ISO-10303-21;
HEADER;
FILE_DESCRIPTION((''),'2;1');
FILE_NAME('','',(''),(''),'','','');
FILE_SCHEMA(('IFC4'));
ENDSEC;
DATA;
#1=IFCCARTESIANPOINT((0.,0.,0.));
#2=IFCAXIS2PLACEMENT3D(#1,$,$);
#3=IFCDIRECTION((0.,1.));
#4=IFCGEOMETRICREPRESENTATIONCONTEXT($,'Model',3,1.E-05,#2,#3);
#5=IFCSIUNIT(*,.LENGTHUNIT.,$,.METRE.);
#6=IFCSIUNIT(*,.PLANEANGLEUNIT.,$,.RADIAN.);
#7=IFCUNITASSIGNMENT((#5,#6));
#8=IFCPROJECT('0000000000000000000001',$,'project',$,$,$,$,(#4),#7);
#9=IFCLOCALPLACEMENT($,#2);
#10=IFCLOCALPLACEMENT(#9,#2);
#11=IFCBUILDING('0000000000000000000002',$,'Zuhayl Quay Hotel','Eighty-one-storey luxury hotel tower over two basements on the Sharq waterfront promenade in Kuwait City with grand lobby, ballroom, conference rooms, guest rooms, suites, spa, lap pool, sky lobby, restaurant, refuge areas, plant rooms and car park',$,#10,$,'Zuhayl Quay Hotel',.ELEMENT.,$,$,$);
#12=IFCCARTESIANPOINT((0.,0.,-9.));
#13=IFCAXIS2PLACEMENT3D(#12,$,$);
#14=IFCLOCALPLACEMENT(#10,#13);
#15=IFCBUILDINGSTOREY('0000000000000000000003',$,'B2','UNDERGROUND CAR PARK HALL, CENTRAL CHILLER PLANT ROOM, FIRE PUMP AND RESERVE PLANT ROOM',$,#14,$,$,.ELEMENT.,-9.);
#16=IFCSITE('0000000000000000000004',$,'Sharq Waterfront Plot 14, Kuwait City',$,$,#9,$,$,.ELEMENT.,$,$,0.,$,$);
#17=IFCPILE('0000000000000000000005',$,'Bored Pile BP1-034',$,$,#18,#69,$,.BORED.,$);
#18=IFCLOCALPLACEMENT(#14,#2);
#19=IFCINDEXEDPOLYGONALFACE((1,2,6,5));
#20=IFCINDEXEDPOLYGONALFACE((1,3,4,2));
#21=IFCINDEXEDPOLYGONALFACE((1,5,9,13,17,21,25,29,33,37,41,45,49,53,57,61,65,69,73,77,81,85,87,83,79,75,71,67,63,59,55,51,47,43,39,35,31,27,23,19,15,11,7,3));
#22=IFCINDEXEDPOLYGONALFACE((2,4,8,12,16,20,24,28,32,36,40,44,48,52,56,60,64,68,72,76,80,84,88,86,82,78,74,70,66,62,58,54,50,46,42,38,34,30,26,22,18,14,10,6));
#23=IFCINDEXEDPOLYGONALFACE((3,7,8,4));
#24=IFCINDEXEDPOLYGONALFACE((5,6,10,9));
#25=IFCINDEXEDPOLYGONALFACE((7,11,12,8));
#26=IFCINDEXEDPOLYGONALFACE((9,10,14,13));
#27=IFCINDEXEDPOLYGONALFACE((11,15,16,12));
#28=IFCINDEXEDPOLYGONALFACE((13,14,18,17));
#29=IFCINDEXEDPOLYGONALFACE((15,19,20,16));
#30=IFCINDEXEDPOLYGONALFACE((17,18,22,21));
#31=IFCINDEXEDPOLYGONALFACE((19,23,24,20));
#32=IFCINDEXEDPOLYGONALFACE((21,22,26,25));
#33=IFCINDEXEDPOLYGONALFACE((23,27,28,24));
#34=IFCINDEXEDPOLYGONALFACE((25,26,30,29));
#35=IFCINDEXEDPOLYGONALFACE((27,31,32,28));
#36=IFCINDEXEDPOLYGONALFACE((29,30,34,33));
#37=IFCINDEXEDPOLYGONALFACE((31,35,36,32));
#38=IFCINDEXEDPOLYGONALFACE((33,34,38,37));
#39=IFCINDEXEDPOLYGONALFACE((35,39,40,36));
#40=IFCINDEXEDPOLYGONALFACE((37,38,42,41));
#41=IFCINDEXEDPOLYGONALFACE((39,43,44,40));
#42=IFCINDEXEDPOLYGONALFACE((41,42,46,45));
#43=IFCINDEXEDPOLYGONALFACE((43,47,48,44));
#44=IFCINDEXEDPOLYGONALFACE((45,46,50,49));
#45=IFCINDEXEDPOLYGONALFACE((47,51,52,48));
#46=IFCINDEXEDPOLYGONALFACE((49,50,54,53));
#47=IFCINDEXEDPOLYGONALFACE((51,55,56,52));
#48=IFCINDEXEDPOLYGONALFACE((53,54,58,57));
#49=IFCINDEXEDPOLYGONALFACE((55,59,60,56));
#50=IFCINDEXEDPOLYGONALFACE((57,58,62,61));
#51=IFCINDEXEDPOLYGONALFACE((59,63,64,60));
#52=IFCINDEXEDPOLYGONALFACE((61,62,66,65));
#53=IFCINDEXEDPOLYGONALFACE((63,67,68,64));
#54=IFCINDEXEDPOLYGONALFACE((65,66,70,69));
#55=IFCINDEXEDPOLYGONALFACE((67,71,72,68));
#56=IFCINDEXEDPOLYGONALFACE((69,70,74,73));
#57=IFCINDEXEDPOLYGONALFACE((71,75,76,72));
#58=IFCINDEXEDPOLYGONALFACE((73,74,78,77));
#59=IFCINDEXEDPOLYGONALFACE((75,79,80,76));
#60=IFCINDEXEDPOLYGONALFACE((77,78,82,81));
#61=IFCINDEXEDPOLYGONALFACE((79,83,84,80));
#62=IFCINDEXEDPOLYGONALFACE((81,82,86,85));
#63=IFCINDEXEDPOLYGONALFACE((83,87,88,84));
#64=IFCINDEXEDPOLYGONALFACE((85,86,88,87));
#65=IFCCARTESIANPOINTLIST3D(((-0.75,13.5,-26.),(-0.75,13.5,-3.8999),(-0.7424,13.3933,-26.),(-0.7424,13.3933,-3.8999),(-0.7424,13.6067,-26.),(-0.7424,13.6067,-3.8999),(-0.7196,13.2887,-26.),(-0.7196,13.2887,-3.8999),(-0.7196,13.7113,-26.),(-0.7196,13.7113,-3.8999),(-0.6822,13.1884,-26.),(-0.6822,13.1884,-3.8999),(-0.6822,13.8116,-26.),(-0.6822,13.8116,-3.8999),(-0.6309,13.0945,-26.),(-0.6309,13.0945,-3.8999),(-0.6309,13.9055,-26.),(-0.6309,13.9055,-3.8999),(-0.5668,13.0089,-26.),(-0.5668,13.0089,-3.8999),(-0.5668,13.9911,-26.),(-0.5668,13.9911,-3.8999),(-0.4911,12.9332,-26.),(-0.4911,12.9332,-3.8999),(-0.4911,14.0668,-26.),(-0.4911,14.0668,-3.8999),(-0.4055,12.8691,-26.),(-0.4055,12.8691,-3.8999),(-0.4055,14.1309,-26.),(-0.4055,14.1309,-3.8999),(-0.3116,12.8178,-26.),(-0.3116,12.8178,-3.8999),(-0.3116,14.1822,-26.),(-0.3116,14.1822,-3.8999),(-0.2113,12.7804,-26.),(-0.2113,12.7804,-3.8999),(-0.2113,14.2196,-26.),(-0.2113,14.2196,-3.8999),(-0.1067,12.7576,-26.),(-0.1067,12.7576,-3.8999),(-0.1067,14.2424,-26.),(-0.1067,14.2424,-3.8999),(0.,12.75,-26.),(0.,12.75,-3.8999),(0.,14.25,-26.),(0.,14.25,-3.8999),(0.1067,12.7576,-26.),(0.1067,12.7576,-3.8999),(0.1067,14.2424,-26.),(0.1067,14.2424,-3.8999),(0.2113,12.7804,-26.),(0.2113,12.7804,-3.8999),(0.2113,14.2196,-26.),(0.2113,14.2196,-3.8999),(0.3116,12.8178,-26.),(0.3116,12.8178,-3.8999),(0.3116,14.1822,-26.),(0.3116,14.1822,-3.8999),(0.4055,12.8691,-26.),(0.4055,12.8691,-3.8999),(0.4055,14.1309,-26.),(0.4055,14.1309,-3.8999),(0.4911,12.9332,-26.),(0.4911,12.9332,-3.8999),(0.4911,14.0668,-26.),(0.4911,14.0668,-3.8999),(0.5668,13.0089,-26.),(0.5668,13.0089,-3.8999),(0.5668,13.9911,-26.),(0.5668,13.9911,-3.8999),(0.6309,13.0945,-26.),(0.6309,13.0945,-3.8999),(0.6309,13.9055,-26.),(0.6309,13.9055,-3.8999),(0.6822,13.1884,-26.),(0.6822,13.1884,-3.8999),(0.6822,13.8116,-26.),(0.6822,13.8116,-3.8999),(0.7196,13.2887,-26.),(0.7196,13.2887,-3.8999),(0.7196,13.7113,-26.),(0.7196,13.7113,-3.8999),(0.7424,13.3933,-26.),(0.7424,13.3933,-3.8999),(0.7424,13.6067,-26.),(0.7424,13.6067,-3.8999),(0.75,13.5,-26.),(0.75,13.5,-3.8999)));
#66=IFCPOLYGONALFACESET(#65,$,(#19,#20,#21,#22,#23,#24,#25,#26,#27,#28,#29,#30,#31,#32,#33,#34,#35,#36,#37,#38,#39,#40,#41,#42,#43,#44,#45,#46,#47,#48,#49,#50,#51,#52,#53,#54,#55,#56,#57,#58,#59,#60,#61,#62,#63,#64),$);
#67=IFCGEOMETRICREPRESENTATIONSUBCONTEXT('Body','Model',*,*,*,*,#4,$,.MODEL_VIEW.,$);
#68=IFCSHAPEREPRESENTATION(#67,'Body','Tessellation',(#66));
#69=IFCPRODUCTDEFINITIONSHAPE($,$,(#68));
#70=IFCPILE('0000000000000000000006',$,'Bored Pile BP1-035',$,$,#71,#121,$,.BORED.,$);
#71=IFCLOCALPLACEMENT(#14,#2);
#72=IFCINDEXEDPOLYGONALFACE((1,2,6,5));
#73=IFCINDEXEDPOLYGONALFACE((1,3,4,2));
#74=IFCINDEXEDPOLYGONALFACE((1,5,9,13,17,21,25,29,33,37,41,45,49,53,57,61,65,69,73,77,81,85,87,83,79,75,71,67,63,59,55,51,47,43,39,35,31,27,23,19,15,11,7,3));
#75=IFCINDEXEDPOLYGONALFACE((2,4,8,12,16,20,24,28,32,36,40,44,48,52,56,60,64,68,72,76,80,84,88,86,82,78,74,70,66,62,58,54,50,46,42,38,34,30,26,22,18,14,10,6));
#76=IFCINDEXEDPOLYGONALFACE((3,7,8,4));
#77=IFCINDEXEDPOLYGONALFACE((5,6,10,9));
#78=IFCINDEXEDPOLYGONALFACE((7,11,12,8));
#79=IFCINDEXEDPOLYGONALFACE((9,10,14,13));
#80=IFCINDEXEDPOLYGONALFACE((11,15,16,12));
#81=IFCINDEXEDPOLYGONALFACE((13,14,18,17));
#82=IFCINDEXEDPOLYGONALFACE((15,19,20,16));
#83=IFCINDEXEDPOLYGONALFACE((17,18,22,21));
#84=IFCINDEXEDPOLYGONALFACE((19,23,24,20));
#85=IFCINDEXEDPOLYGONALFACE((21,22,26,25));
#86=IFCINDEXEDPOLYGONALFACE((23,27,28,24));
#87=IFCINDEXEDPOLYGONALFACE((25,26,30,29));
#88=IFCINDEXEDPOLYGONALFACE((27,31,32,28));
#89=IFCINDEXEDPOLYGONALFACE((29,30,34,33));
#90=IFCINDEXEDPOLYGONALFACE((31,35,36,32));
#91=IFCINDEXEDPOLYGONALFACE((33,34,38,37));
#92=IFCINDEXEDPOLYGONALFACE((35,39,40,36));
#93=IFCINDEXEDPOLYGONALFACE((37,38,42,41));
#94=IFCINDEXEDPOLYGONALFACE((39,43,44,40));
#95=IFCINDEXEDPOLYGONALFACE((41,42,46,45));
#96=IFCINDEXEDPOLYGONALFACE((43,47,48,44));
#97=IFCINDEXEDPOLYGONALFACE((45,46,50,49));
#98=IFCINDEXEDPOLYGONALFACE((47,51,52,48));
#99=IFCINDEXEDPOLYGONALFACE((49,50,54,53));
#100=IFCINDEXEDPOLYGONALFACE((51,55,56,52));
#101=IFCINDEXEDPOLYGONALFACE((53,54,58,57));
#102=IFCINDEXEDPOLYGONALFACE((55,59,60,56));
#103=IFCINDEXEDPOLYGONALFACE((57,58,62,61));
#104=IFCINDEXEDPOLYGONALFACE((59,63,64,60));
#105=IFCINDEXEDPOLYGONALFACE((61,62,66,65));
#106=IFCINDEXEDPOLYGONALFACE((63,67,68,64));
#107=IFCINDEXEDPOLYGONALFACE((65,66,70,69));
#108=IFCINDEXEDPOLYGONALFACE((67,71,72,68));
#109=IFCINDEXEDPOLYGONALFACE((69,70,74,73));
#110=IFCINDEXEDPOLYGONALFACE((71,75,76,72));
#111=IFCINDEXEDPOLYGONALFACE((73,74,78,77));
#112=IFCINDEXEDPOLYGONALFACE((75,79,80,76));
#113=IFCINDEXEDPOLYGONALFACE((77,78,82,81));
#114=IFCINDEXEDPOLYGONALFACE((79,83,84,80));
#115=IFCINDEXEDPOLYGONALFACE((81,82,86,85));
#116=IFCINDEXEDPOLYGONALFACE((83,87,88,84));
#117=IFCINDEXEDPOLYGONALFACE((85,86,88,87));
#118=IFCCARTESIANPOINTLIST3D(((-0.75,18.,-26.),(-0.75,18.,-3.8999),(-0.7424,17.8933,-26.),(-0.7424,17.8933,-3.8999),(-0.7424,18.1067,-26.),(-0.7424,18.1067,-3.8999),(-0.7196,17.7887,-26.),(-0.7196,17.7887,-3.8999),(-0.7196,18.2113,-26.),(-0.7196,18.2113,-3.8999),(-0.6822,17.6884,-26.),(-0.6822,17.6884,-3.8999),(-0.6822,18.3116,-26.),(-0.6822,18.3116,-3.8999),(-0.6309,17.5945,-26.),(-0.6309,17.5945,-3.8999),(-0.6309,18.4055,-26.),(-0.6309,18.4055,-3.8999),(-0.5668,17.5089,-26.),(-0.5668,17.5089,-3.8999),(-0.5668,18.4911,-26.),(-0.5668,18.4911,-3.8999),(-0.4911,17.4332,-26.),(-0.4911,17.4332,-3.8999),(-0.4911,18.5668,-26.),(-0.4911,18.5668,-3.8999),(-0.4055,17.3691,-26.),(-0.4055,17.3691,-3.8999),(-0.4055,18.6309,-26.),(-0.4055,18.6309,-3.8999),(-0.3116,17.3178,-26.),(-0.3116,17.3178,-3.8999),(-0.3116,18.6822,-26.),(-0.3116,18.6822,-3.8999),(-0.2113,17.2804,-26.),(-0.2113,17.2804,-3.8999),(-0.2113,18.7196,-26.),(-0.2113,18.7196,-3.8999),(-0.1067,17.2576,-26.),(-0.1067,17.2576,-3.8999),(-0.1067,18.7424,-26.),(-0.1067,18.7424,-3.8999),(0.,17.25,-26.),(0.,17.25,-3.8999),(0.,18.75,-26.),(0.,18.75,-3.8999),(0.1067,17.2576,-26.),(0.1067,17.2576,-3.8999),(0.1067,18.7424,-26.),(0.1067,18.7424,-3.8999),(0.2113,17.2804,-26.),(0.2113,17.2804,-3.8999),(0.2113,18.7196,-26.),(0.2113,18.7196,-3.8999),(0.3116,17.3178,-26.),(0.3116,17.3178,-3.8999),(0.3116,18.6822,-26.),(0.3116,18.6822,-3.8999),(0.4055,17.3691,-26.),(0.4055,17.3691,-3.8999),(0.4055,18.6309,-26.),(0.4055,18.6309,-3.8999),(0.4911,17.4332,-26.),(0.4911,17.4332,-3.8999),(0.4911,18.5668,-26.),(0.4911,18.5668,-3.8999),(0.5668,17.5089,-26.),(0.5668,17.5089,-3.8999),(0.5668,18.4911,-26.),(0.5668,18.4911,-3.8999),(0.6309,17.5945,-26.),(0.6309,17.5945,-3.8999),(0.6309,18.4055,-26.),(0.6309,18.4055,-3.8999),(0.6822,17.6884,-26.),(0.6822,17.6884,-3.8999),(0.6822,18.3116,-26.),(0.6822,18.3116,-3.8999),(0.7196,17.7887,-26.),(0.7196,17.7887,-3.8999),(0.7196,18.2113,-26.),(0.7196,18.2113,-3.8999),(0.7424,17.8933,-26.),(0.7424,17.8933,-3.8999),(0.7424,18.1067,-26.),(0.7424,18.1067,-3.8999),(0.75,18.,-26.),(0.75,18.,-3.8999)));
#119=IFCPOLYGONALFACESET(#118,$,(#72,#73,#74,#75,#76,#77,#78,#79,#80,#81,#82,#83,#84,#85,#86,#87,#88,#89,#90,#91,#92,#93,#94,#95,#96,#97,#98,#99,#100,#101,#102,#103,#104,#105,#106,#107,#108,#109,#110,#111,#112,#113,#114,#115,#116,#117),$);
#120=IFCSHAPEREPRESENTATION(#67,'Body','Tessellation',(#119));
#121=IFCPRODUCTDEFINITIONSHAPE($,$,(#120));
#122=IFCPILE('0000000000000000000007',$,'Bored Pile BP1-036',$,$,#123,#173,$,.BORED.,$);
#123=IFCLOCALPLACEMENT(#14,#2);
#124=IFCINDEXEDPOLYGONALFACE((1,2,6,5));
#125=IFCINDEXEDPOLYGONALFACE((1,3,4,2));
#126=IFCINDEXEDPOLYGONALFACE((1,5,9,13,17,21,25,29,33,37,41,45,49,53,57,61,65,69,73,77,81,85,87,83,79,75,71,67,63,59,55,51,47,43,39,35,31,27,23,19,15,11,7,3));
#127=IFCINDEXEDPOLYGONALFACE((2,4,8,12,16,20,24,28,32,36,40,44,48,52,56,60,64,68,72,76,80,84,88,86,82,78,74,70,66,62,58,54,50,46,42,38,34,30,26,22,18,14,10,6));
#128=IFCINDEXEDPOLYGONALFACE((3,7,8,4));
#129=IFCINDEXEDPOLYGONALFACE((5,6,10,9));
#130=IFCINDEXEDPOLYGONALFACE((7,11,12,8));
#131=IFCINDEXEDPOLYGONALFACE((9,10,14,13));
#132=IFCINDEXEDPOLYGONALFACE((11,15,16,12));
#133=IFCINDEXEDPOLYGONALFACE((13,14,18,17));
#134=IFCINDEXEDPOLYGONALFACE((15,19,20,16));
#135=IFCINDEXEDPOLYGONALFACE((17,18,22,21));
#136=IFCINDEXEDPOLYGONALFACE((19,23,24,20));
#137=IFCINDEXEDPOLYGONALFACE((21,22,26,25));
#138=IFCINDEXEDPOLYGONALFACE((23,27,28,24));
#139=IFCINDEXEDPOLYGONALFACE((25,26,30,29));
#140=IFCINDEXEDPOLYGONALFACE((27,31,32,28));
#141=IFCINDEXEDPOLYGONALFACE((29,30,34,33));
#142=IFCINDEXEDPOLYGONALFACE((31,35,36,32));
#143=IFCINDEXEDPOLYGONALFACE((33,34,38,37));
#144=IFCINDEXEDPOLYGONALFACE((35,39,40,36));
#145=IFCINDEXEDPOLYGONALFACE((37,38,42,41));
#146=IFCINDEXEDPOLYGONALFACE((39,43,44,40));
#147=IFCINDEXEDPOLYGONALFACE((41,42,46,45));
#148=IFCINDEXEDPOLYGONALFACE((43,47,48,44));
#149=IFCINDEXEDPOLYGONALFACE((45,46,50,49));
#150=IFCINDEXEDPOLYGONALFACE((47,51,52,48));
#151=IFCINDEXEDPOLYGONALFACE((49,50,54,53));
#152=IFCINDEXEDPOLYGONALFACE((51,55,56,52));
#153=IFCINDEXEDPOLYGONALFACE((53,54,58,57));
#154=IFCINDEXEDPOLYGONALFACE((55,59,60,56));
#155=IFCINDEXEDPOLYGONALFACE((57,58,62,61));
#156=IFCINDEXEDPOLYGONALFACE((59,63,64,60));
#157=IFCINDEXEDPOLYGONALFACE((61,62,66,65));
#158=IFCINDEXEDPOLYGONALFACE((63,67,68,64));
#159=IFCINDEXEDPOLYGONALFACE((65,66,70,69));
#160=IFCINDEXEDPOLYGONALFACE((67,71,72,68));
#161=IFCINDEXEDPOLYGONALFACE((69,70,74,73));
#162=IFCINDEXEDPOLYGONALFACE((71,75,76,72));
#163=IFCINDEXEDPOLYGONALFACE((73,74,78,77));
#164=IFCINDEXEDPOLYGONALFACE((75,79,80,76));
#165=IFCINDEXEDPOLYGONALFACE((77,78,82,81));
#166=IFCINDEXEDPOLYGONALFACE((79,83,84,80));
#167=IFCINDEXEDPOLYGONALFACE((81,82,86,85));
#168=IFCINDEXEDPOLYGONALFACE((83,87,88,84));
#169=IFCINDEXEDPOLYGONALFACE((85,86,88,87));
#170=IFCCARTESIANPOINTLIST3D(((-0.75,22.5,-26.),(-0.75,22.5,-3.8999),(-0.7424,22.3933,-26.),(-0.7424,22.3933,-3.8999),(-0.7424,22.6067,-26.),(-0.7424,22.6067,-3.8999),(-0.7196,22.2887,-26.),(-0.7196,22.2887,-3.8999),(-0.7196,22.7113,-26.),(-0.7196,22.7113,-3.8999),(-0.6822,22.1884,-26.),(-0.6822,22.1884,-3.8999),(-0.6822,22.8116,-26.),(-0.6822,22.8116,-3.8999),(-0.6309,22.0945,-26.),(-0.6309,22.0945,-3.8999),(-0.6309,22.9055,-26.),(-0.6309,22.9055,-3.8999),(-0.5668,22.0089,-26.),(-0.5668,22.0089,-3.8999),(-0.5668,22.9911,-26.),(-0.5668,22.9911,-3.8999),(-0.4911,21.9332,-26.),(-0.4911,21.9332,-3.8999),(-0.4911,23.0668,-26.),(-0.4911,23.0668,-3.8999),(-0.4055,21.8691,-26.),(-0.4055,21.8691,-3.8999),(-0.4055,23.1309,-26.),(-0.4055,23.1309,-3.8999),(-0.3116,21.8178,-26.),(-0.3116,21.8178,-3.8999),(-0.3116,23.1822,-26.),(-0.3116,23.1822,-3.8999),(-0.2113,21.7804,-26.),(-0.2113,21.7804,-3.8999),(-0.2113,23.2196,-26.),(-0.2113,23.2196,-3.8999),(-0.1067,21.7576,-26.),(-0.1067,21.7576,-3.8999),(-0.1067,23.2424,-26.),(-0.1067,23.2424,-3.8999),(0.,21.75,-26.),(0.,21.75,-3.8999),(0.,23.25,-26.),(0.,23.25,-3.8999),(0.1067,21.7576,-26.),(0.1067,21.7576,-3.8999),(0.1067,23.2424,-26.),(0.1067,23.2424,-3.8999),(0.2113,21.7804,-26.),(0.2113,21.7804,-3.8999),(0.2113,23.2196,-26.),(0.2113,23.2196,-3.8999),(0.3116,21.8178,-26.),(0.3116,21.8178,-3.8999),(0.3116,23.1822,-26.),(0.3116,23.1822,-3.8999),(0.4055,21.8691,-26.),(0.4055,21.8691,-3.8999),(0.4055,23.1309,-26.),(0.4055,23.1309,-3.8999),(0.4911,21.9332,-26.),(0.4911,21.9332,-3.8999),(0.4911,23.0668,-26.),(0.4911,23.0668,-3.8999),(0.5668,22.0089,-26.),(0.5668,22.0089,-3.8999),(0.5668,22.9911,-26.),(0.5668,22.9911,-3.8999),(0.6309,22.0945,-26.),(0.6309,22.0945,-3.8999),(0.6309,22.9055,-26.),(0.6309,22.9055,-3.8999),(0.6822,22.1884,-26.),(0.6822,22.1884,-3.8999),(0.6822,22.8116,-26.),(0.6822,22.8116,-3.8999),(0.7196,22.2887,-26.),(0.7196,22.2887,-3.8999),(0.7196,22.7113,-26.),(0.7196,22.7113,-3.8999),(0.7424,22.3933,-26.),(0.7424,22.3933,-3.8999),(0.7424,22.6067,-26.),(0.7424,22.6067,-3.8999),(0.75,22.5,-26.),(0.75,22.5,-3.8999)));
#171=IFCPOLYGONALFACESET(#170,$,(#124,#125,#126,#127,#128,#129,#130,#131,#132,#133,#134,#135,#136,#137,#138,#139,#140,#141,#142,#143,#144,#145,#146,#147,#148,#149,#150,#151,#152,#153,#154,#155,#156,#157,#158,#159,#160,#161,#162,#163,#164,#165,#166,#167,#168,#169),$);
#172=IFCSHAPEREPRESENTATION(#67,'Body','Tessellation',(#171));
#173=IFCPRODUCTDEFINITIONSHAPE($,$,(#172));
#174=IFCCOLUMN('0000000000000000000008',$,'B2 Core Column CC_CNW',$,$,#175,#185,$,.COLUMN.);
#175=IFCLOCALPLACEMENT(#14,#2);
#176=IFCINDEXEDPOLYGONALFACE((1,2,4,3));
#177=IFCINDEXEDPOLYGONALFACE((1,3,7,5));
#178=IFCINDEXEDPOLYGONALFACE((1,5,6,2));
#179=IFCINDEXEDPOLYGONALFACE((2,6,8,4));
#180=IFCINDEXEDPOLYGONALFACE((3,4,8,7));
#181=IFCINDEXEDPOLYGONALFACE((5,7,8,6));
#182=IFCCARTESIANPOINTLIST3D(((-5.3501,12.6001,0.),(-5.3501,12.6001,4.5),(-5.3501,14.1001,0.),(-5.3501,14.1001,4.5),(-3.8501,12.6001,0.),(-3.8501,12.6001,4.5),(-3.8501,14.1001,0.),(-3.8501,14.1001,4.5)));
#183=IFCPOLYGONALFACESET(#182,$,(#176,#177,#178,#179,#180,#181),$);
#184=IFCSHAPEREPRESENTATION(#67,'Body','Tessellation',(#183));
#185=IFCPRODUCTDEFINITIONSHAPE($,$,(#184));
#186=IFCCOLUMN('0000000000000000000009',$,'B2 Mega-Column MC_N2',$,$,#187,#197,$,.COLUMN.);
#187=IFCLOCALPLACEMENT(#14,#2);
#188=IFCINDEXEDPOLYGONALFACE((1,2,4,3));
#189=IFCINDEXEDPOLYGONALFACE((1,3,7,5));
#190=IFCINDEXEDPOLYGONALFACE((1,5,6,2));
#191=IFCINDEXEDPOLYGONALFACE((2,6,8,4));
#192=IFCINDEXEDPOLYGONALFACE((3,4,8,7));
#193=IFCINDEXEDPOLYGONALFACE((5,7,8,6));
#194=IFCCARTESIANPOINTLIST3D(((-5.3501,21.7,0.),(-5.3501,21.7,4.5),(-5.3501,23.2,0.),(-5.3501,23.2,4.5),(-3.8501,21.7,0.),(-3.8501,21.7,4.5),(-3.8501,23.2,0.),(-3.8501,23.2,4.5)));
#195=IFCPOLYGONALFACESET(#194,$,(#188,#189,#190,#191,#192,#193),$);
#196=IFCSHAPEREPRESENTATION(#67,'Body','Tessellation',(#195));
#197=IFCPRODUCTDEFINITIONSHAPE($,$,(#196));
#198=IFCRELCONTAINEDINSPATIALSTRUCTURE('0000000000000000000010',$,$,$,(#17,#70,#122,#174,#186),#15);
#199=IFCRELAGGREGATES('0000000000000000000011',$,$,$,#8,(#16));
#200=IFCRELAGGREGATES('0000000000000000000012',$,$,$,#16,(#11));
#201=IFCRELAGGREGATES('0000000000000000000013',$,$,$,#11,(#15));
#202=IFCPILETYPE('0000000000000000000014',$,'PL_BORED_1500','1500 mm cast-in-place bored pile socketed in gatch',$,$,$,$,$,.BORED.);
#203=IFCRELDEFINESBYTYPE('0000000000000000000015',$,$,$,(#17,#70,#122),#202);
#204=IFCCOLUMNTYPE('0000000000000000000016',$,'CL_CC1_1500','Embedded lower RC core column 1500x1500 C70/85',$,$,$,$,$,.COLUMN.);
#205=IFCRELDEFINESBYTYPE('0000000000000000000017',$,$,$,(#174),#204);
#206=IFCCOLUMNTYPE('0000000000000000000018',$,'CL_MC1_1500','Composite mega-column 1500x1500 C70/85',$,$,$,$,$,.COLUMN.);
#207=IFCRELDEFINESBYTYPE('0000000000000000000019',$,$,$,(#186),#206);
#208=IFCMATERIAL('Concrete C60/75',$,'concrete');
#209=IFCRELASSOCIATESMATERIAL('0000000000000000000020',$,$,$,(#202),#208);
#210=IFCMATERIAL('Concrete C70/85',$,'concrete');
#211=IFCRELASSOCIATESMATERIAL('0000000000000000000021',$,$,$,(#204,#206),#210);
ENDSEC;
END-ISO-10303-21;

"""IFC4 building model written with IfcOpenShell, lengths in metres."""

from ifc_helpers import new_model, si_unit, direction, frame, origin, origin_2d, place, context, subcontext, project, spatial, rectangle, circle, extrude, material, material_profile, profile_set, type_object, element, save


model = new_model("IFC4")

# Units and contexts
model_context = context("Model", 3, precision=1e-05, world=origin(), true_north=direction((0.0, 1.0)))
body_context = subcontext(model_context, "Body", "Model", "MODEL_VIEW")
ifc_project = project(units=[si_unit("LENGTHUNIT", "METRE"), si_unit("PLANEANGLEUNIT", "RADIAN")], contexts=[model_context])

# Site, building, storey
site_placement = place(None, origin())
site = spatial("IfcSite", under=ifc_project, at=site_placement, Name="Sharq Waterfront Plot 14, Kuwait City", CompositionType="ELEMENT", RefElevation=0.0)
building_placement = place(site_placement, origin())
building = spatial("IfcBuilding", under=site, at=building_placement, Name="Zuhayl Quay Hotel", Description="Eighty-one-storey luxury hotel tower over two basements on the Sharq waterfront promenade in Kuwait City with grand lobby, ballroom, conference rooms, guest rooms, suites, spa, lap pool, sky lobby, restaurant, refuge areas, plant rooms and car park", LongName="Zuhayl Quay Hotel", CompositionType="ELEMENT")
storey_placement = place(building_placement, frame((0.0, 0.0, -9.0)))
storey = spatial("IfcBuildingStorey", under=building, at=storey_placement, Name="B2", Description="UNDERGROUND CAR PARK HALL, CENTRAL CHILLER PLANT ROOM, FIRE PUMP AND RESERVE PLANT ROOM", CompositionType="ELEMENT", Elevation=-9.0)

# Piles
ifc_material_1 = material(Name="Concrete C60/75", Category="concrete")
ifc_material_profile_1 = material_profile(ifc_material_1, circle(Radius=0.75, at=origin_2d()), Name="PILE1500")
ifc_profile_set_1 = profile_set([ifc_material_profile_1], Name="Concrete C60/75")
pile_type = type_object("IfcPileType", Name="PL_BORED_1500", Description="1500 mm cast-in-place bored pile socketed in gatch", PredefinedType="BORED", material=ifc_profile_set_1)
for number, where, z_axis, x_axis, name in (
    (1, (0.0, 13.5, -3.8999), (0.0, 0.0, -1.0), (1.0, 0.0, 0.0), "Bored Pile BP1-034"),
    (2, (0.0, 18.0, -3.8999), (0.0, 0.0, -1.0), (1.0, 0.0, 0.0), "Bored Pile BP1-035"),
    (3, (0.0, 22.5, -3.8999), (0.0, 0.0, -1.0), (1.0, 0.0, 0.0), "Bored Pile BP1-036"),
):
    element("IfcPile", number, at=place(storey_placement, frame(where, z_axis=z_axis, x_axis=x_axis)), inside=storey, type_object=pile_type, Name=name, PredefinedType="BORED", context=body_context, shape_type="SweptSolid", body=[
        extrude(circle(Radius=0.75, at=origin_2d()), origin(), (0.0, 0.0, 1.0), 22.1001),
    ])

# Columns
ifc_material_2 = material(Name="Concrete C70/85", Category="concrete")
ifc_material_profile_2 = material_profile(ifc_material_2, rectangle(XDim=1.5, YDim=1.5, at=origin_2d()), Name="RC1500X1500")
ifc_profile_set_2 = profile_set([ifc_material_profile_2], Name="Concrete C70/85")
column_type_1 = type_object("IfcColumnType", Name="CL_CC1_1500", Description="Embedded lower RC core column 1500x1500 C70/85", PredefinedType="COLUMN", material=ifc_profile_set_2)
column_1_placement = place(storey_placement, frame((-4.6001, 13.3501, 0.0), z_axis=(0.0, 0.0, 1.0), x_axis=(1.0, 0.0, 0.0)))
element("IfcColumn", 4, at=column_1_placement, inside=storey, type_object=column_type_1, Name="B2 Core Column CC_CNW", PredefinedType="COLUMN", context=body_context, shape_type="SweptSolid", body=[
    extrude(rectangle(XDim=1.5, YDim=1.5, at=origin_2d()), origin(), (0.0, 0.0, 1.0), 4.5),
])
ifc_material_profile_3 = material_profile(ifc_material_2, rectangle(XDim=1.5, YDim=1.5, at=origin_2d()), Name="RC1500X1500")
ifc_profile_set_3 = profile_set([ifc_material_profile_3], Name="Concrete C70/85")
column_type_2 = type_object("IfcColumnType", Name="CL_MC1_1500", Description="Composite mega-column 1500x1500 C70/85", PredefinedType="COLUMN", material=ifc_profile_set_3)
column_2_placement = place(storey_placement, frame((-4.6001, 22.45, 0.0), z_axis=(0.0, 0.0, 1.0), x_axis=(1.0, 0.0, 0.0)))
element("IfcColumn", 5, at=column_2_placement, inside=storey, type_object=column_type_2, Name="B2 Mega-Column MC_N2", PredefinedType="COLUMN", context=body_context, shape_type="SweptSolid", body=[
    extrude(rectangle(XDim=1.5, YDim=1.5, at=origin_2d()), origin(), (0.0, 0.0, 1.0), 4.5),
])

save(model, "model.ifc")
